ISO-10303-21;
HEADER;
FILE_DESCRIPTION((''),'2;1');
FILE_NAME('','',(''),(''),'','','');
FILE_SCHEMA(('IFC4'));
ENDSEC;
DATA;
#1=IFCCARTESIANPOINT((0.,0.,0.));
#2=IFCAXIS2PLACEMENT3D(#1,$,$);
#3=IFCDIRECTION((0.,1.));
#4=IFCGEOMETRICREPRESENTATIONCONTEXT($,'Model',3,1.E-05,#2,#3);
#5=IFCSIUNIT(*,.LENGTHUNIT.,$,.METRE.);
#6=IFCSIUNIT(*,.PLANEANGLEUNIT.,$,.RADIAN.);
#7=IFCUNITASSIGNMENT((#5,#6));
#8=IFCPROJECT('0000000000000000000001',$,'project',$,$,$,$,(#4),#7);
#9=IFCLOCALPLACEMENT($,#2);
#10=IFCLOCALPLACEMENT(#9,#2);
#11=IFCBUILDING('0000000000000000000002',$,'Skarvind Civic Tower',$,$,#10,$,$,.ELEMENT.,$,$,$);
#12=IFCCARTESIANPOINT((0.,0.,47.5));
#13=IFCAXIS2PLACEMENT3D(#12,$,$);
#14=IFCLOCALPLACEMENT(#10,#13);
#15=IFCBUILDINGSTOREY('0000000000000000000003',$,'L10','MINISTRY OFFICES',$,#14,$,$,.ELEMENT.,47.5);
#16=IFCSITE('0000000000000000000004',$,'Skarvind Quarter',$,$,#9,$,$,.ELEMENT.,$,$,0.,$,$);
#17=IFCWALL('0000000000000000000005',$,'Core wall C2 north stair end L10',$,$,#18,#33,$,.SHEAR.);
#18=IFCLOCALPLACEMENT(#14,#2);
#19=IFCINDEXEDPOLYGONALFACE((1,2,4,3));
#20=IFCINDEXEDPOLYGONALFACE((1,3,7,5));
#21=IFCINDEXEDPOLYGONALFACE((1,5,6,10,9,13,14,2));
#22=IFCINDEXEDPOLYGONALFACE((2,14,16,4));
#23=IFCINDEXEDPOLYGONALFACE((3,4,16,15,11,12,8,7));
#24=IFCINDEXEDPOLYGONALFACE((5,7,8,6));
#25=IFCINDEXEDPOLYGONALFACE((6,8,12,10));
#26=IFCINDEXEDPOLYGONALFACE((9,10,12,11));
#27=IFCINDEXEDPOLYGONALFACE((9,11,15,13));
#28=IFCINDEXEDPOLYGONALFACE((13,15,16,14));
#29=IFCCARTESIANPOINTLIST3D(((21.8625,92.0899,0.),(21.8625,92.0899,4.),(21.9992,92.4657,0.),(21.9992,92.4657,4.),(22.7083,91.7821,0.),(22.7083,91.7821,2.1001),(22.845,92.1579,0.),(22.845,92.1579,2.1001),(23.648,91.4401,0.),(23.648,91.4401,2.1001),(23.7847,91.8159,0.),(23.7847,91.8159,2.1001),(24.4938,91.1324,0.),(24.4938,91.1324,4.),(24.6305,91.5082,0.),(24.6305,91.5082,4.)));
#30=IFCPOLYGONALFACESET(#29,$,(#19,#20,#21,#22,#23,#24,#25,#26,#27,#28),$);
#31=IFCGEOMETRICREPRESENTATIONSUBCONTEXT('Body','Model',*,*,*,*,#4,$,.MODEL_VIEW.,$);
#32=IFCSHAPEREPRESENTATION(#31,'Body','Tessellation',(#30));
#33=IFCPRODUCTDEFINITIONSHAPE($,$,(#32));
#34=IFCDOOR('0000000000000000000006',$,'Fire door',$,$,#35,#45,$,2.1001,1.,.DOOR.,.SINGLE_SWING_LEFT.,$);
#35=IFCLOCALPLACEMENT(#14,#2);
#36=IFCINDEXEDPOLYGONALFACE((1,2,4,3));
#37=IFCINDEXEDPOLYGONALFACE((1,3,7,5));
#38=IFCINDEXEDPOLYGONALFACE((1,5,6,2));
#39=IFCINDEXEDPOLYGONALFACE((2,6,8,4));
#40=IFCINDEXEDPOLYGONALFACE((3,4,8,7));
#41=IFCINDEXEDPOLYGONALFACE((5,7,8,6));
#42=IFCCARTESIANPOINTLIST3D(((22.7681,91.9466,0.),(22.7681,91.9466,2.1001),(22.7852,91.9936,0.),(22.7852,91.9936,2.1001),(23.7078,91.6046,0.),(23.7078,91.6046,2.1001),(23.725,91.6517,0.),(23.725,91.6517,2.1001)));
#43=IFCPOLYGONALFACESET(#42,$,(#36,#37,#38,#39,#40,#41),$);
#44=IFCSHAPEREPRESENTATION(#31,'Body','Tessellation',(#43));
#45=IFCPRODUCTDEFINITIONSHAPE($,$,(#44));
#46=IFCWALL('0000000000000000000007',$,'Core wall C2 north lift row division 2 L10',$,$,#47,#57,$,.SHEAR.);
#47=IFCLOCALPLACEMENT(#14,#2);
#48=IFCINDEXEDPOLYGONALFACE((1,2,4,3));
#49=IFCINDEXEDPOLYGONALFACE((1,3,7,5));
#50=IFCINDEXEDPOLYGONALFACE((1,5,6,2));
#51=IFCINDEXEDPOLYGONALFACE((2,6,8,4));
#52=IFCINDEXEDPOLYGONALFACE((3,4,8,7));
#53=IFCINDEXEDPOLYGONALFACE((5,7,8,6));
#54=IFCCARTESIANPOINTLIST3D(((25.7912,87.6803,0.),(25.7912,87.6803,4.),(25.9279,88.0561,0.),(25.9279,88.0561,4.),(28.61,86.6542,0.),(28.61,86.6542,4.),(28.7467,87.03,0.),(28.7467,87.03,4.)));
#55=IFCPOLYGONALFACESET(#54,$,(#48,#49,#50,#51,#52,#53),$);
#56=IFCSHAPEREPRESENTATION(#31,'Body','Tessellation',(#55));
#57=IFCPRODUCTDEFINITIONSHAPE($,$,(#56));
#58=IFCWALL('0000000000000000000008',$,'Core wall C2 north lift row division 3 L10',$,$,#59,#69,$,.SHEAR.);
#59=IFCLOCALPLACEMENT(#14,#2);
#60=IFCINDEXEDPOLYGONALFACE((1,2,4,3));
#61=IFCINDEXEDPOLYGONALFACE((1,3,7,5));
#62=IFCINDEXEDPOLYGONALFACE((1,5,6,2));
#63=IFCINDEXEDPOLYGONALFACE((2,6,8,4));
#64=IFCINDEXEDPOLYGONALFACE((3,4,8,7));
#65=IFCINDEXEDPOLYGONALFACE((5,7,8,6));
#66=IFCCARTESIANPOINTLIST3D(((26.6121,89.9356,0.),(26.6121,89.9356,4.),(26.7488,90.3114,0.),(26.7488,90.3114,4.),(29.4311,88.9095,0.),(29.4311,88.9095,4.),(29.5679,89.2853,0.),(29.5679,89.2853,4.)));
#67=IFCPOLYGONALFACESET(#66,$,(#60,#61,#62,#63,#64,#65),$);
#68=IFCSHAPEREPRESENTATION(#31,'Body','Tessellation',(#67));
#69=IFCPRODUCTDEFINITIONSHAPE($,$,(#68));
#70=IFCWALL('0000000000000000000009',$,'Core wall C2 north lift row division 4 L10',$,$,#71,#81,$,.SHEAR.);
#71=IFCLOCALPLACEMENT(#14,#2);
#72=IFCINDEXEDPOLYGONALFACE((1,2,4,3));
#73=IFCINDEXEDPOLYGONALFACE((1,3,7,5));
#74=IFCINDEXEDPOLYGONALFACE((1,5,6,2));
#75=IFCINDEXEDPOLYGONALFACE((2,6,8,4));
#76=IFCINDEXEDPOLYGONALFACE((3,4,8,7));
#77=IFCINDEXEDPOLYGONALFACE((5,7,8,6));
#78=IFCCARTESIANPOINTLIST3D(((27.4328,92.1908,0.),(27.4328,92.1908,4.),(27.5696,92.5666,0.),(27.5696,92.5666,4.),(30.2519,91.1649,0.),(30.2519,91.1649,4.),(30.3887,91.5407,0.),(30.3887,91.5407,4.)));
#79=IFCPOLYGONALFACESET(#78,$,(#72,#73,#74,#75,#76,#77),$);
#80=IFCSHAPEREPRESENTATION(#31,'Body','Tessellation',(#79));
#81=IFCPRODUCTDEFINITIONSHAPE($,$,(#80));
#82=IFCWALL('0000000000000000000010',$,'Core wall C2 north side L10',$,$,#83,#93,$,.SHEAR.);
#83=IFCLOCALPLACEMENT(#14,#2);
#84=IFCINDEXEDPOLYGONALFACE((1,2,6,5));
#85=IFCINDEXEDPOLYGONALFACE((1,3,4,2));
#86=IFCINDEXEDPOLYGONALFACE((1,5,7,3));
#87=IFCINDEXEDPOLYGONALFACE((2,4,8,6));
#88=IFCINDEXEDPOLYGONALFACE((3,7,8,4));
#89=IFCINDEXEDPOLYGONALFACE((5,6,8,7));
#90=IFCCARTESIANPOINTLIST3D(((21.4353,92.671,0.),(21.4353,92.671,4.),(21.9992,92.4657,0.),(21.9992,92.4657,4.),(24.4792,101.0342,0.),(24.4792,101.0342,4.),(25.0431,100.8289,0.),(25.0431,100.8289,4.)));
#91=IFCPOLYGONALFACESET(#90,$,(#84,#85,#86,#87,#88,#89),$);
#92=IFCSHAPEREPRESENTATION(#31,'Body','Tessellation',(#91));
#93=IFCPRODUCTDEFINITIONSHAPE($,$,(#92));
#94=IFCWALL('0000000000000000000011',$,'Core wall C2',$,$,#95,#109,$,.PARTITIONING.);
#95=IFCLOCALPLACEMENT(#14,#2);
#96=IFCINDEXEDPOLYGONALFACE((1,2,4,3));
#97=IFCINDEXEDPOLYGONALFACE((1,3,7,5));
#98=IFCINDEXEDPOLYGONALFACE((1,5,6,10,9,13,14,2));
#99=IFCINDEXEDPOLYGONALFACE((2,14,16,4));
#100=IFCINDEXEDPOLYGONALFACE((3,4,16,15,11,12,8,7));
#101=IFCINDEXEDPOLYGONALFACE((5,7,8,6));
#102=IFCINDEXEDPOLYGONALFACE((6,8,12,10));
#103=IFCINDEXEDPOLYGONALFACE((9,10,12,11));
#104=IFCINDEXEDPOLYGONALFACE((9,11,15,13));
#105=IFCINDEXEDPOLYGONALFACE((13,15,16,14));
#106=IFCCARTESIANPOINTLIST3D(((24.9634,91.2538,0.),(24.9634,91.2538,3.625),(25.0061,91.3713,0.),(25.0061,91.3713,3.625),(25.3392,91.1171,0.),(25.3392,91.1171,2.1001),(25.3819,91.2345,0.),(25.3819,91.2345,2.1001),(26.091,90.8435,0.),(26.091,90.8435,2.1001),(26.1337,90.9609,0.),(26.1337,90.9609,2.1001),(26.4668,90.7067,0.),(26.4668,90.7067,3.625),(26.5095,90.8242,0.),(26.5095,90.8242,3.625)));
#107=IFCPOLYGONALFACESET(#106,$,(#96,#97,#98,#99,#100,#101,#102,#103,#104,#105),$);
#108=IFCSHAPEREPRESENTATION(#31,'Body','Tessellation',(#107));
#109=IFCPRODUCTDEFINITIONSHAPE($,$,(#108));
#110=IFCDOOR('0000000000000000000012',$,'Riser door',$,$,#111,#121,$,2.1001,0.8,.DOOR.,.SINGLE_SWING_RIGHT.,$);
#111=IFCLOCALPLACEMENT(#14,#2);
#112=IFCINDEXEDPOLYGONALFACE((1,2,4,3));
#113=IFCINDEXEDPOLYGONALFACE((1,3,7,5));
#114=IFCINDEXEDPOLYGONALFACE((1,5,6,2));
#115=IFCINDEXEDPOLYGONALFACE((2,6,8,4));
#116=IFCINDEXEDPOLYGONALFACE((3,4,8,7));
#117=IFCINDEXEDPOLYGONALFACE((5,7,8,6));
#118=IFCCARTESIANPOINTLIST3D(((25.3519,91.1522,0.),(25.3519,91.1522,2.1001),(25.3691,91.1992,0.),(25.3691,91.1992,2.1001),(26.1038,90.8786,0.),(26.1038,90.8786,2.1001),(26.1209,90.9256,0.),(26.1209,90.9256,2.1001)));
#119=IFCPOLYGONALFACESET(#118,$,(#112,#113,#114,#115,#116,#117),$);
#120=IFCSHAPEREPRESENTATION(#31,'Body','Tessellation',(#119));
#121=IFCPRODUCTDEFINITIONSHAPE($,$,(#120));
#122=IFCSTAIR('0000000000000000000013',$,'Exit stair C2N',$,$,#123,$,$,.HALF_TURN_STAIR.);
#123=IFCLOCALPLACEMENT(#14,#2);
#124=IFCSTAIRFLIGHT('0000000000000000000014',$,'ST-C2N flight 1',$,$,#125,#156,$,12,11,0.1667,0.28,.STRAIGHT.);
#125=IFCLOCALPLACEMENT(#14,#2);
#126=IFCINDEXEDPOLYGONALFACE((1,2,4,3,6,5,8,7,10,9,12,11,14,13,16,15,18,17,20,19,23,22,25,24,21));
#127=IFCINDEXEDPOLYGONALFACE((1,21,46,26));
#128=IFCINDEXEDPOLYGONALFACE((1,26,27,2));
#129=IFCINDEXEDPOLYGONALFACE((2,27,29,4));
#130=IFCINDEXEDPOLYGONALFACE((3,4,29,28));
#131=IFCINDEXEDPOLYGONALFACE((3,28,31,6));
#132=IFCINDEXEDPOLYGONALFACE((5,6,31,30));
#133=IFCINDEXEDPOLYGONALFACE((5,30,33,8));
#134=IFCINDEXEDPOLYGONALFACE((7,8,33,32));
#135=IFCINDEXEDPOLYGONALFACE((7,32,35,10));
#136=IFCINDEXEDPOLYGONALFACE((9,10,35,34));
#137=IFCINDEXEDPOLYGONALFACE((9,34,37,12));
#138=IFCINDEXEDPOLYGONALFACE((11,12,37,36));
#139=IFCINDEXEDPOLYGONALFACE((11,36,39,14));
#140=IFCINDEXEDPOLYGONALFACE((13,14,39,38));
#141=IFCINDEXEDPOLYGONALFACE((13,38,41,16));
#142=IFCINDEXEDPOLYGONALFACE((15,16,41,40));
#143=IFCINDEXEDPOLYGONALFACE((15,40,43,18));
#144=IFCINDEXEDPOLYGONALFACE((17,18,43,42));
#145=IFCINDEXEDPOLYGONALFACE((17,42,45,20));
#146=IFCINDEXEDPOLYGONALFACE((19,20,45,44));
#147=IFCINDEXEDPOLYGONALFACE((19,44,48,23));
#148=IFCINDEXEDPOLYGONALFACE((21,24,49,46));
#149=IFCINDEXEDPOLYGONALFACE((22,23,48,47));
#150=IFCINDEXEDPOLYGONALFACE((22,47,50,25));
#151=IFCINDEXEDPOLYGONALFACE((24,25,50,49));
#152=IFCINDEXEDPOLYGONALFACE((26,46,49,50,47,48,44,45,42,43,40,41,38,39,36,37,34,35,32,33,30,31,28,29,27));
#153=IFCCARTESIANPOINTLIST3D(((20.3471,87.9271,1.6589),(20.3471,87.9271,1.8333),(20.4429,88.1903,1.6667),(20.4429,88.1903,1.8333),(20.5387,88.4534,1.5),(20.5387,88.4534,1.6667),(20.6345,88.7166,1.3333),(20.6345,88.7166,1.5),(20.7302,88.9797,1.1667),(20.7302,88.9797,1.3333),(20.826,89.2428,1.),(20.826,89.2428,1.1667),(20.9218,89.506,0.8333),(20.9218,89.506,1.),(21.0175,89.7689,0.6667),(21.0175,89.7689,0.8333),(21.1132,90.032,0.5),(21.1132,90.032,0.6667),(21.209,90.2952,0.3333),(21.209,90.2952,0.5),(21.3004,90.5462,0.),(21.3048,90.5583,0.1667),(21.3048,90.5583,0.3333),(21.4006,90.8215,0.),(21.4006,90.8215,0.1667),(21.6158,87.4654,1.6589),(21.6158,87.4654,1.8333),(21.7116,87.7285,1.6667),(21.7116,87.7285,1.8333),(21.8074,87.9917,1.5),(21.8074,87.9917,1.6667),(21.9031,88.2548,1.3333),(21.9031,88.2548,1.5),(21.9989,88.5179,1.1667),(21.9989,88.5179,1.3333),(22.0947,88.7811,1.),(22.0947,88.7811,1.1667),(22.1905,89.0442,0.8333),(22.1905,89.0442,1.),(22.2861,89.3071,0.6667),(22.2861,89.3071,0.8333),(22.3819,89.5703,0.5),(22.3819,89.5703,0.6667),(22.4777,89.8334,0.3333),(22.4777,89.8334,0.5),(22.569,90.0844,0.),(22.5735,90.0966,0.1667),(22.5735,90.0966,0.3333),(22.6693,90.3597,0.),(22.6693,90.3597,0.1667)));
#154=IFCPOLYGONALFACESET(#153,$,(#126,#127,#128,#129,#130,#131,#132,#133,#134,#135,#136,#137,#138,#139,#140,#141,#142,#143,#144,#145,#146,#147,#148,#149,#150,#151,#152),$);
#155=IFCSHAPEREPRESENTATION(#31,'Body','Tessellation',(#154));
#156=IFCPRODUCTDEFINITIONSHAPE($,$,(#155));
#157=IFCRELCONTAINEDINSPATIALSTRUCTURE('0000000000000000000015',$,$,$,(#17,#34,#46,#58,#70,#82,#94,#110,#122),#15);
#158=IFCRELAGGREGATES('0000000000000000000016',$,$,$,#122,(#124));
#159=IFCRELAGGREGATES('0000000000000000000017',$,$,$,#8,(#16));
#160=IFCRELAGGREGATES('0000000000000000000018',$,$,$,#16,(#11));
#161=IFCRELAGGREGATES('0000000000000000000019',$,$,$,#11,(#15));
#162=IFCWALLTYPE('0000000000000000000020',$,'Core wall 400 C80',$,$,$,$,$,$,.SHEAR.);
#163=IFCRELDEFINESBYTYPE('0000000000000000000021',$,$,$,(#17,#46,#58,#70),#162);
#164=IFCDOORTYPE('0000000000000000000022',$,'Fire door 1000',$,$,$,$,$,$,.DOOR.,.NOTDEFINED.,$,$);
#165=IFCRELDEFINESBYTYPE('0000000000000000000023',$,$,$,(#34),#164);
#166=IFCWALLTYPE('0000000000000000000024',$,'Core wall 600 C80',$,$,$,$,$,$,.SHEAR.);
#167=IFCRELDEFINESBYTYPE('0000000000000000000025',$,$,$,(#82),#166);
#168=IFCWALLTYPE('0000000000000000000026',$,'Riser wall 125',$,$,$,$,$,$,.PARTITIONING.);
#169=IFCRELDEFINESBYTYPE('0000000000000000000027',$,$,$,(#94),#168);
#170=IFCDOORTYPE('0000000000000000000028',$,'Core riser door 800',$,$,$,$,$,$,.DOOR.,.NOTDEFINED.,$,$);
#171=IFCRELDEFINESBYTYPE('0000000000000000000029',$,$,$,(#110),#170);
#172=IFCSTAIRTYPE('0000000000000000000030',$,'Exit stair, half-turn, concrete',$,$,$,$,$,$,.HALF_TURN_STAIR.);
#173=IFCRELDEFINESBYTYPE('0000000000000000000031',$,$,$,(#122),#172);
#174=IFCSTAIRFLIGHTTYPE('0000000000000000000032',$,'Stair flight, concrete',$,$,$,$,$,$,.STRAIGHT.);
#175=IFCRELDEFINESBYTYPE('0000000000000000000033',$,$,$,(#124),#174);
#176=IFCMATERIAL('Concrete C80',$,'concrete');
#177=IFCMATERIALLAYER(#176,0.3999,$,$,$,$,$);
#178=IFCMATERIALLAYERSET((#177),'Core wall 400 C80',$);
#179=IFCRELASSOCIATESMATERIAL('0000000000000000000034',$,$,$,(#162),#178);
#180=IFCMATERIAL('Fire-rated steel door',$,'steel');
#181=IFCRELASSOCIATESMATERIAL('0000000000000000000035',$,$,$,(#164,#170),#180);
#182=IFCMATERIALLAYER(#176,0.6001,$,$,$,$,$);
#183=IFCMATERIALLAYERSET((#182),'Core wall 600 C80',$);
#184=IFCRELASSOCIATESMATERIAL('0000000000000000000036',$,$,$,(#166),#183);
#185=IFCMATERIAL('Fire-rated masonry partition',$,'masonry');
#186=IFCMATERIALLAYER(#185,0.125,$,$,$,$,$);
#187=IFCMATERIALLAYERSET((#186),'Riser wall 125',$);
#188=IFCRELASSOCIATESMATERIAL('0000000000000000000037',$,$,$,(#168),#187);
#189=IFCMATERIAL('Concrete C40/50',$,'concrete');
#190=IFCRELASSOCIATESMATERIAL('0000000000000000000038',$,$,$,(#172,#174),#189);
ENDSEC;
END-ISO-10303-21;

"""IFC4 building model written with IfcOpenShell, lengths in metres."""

from ifc_helpers import new_model, si_unit, direction, frame, frame_2d, origin, place, context, subcontext, project, spatial, polyline, rectangle, outline, extrude, material, layer, layer_set, type_object, element, fill, aggregate, save


model = new_model("IFC4")

# Units and contexts
model_context = context("Model", 3, precision=1e-05, world=origin(), true_north=direction((0.0, 1.0)))
body_context = subcontext(model_context, "Body", "Model", "MODEL_VIEW")
ifc_project = project(units=[si_unit("LENGTHUNIT", "METRE"), si_unit("PLANEANGLEUNIT", "RADIAN")], contexts=[model_context])

# Site, building, storey
site_placement = place(None, origin())
site = spatial("IfcSite", under=ifc_project, at=site_placement, Name="Skarvind Quarter", CompositionType="ELEMENT", RefElevation=0.0)
building_placement = place(site_placement, origin())
building = spatial("IfcBuilding", under=site, at=building_placement, Name="Skarvind Civic Tower", CompositionType="ELEMENT")
storey_placement = place(building_placement, frame((0.0, 0.0, 47.5)))
storey = spatial("IfcBuildingStorey", under=building, at=storey_placement, Name="L10", Description="MINISTRY OFFICES", CompositionType="ELEMENT", Elevation=47.5)

# Wall, opening, door
ifc_material_1 = material(Name="Concrete C80", Category="concrete")
ifc_layer_1 = layer(ifc_material_1, 0.3999)
ifc_layer_set_1 = layer_set([ifc_layer_1], Name="Core wall 400 C80")
wall_type_1 = type_object("IfcWallType", Name="Core wall 400 C80", PredefinedType="SHEAR", material=ifc_layer_set_1)
wall_1_placement = place(storey_placement, frame((24.562, 91.3203, 0.0), z_axis=(0.0, 0.0, 1.0), x_axis=(-0.939717, 0.341953, 0.0)))
wall_1 = element("IfcWall", 1, at=wall_1_placement, inside=storey, type_object=wall_type_1, Name="Core wall C2 north stair end L10", PredefinedType="SHEAR", context=body_context, shape_type="SweptSolid", body=[
    extrude(rectangle(XDim=2.8, YDim=0.3999, at=frame_2d((1.3999, 0.0))), origin(), (0.0, 0.0, 1.0), 4.0),
])
opening_1_placement = place(wall_1_placement, frame((0.8999, 0.0, 0.0)))
opening_1 = element("IfcOpeningElement", 2, at=opening_1_placement, cuts=wall_1, PredefinedType="OPENING", context=body_context, shape_type="SweptSolid", body=[
    extrude(rectangle(XDim=1.0, YDim=2.1001, at=frame_2d((0.5, 1.05))), frame((0.0, 0.21, 0.0), z_axis=(0.0, -1.0, 0.0), x_axis=(1.0, 0.0, 0.0)), (0.0, 0.0, 1.0), 0.4199),
])
ifc_material_2 = material(Name="Fire-rated steel door", Category="steel")
door_type_1 = type_object("IfcDoorType", Name="Fire door 1000", OperationType="NOTDEFINED", PredefinedType="DOOR", material=ifc_material_2)
door_1_placement = place(opening_1_placement, origin())
door_1 = element("IfcDoor", 3, at=door_1_placement, inside=storey, type_object=door_type_1, Name="Fire door", OperationType="SINGLE_SWING_LEFT", OverallHeight=2.1001, OverallWidth=1.0, PredefinedType="DOOR", context=body_context, shape_type="SweptSolid", body=[
    extrude(rectangle(XDim=1.0, YDim=2.1001, at=frame_2d((0.5, 1.05))), frame((0.0, 0.0249, 0.0), z_axis=(0.0, -1.0, 0.0), x_axis=(1.0, 0.0, 0.0)), (0.0, 0.0, 1.0), 0.05),
])
fill(opening_1, door_1)

# Walls
wall_2_placement = place(storey_placement, frame((28.6785, 86.842, 0.0), z_axis=(0.0, 0.0, 1.0), x_axis=(-0.939677, 0.342063, 0.0)))
element("IfcWall", 4, at=wall_2_placement, inside=storey, type_object=wall_type_1, Name="Core wall C2 north lift row division 2 L10", PredefinedType="SHEAR", context=body_context, shape_type="SweptSolid", body=[
    extrude(rectangle(XDim=2.9998, YDim=0.3999, at=frame_2d((1.5, 0.0))), origin(), (0.0, 0.0, 1.0), 4.0),
])
for number, where, z_axis, x_axis, name in (
    (5, (29.4995, 89.0974, 0.0), (0.0, 0.0, 1.0), (-0.939686, 0.342037, 0.0), "Core wall C2 north lift row division 3 L10"),
    (6, (30.3203, 91.3528, 0.0), (0.0, 0.0, 1.0), (-0.939713, 0.341965, 0.0), "Core wall C2 north lift row division 4 L10"),
):
    element("IfcWall", number, at=place(storey_placement, frame(where, z_axis=z_axis, x_axis=x_axis)), inside=storey, type_object=wall_type_1, Name=name, PredefinedType="SHEAR", context=body_context, shape_type="SweptSolid", body=[
        extrude(rectangle(XDim=3.0, YDim=0.3999, at=frame_2d((1.5, 0.0))), origin(), (0.0, 0.0, 1.0), 4.0),
    ])
ifc_layer_2 = layer(ifc_material_1, 0.6001)
ifc_layer_set_2 = layer_set([ifc_layer_2], Name="Core wall 600 C80")
wall_type_2 = type_object("IfcWallType", Name="Core wall 600 C80", PredefinedType="SHEAR", material=ifc_layer_set_2)
wall_3_placement = place(storey_placement, frame((21.7173, 92.5684, 0.0), z_axis=(0.0, 0.0, 1.0), x_axis=(0.342016, 0.939694, 0.0)))
element("IfcWall", 7, at=wall_3_placement, inside=storey, type_object=wall_type_2, Name="Core wall C2 north side L10", PredefinedType="SHEAR", context=body_context, shape_type="SweptSolid", body=[
    extrude(rectangle(XDim=8.8999, YDim=0.6001, at=frame_2d((4.45, 0.0))), origin(), (0.0, 0.0, 1.0), 4.0),
])

# Wall, opening, door
ifc_material_3 = material(Name="Fire-rated masonry partition", Category="masonry")
ifc_layer_3 = layer(ifc_material_3, 0.125)
ifc_layer_set_3 = layer_set([ifc_layer_3], Name="Riser wall 125")
wall_type_3 = type_object("IfcWallType", Name="Riser wall 125", PredefinedType="PARTITIONING", material=ifc_layer_set_3)
wall_4_placement = place(storey_placement, frame((24.9849, 91.3125, 0.0), z_axis=(0.0, 0.0, 1.0), x_axis=(0.939709, -0.341976, 0.0)))
wall_4 = element("IfcWall", 8, at=wall_4_placement, inside=storey, type_object=wall_type_3, Name="Core wall C2", PredefinedType="PARTITIONING", context=body_context, shape_type="SweptSolid", body=[
    extrude(rectangle(XDim=1.5999, YDim=0.125, at=frame_2d((0.7998, 0.0))), origin(), (0.0, 0.0, 1.0), 3.625),
])
opening_2_placement = place(wall_4_placement, frame((0.3999, 0.0, 0.0)))
opening_2 = element("IfcOpeningElement", 9, at=opening_2_placement, cuts=wall_4, PredefinedType="OPENING", context=body_context, shape_type="SweptSolid", body=[
    extrude(rectangle(XDim=0.8, YDim=2.1001, at=frame_2d((0.3999, 1.05))), frame((0.0, 0.0725, 0.0), z_axis=(0.0, -1.0, 0.0), x_axis=(1.0, 0.0, 0.0)), (0.0, 0.0, 1.0), 0.145),
])
door_type_2 = type_object("IfcDoorType", Name="Core riser door 800", OperationType="NOTDEFINED", PredefinedType="DOOR", material=ifc_material_2)
door_2_placement = place(opening_2_placement, origin())
door_2 = element("IfcDoor", 10, at=door_2_placement, inside=storey, type_object=door_type_2, Name="Riser door", OperationType="SINGLE_SWING_RIGHT", OverallHeight=2.1001, OverallWidth=0.8, PredefinedType="DOOR", context=body_context, shape_type="SweptSolid", body=[
    extrude(rectangle(XDim=0.8, YDim=2.1001, at=frame_2d((0.3999, 1.05))), frame((0.0, 0.0249, 0.0), z_axis=(0.0, -1.0, 0.0), x_axis=(1.0, 0.0, 0.0)), (0.0, 0.0, 1.0), 0.05),
])
fill(opening_2, door_2)

# Stair, stair flight
ifc_material_4 = material(Name="Concrete C40/50", Category="concrete")
stair_type = type_object("IfcStairType", Name="Exit stair, half-turn, concrete", PredefinedType="HALF_TURN_STAIR", material=ifc_material_4)
stair_placement = place(storey_placement, origin())
stair = element("IfcStair", 11, at=stair_placement, inside=storey, type_object=stair_type, Name="Exit stair C2N", PredefinedType="HALF_TURN_STAIR")
stair_flight_type = type_object("IfcStairFlightType", Name="Stair flight, concrete", PredefinedType="STRAIGHT", material=ifc_material_4)
stair_flight_1_placement = place(storey_placement, frame((22.0349, 90.5906, 0.0), z_axis=(0.0, 0.0, 1.0), x_axis=(-0.34202, -0.939693, 0.0)))
stair_flight_1 = element("IfcStairFlight", 12, at=stair_flight_1_placement, type_object=stair_flight_type, Name="ST-C2N flight 1", NumberOfRisers=12, NumberOfTreads=11, PredefinedType="STRAIGHT", RiserHeight=0.1667, TreadLength=0.28, context=body_context, shape_type="SweptSolid", body=[
    extrude(outline(polyline([(0.0, 0.0), (0.0, 0.1667), (0.28, 0.1667), (0.28, 0.3333), (0.5601, 0.3333), (0.5601, 0.5), (0.8401, 0.5), (0.8401, 0.6667), (1.1201, 0.6667), (1.1201, 0.8333), (1.3999, 0.8333), (1.3999, 1.0), (1.6799, 1.0), (1.6799, 1.1667), (1.96, 1.1667), (1.96, 1.3333), (2.24, 1.3333), (2.24, 1.5), (2.52, 1.5), (2.52, 1.6667), (2.8, 1.6667), (2.8, 1.8333), (3.0801, 1.8333), (3.0801, 2.0), (3.0801, 1.6589), (0.293, 0.0), (0.0, 0.0)])), frame((0.0, 0.675, 0.0), z_axis=(0.0, -1.0, 0.0), x_axis=(1.0, 0.0, 0.0)), (0.0, 0.0, 1.0), 1.3501),
])
aggregate(stair, [stair_flight_1])

save(model, "model.ifc")
